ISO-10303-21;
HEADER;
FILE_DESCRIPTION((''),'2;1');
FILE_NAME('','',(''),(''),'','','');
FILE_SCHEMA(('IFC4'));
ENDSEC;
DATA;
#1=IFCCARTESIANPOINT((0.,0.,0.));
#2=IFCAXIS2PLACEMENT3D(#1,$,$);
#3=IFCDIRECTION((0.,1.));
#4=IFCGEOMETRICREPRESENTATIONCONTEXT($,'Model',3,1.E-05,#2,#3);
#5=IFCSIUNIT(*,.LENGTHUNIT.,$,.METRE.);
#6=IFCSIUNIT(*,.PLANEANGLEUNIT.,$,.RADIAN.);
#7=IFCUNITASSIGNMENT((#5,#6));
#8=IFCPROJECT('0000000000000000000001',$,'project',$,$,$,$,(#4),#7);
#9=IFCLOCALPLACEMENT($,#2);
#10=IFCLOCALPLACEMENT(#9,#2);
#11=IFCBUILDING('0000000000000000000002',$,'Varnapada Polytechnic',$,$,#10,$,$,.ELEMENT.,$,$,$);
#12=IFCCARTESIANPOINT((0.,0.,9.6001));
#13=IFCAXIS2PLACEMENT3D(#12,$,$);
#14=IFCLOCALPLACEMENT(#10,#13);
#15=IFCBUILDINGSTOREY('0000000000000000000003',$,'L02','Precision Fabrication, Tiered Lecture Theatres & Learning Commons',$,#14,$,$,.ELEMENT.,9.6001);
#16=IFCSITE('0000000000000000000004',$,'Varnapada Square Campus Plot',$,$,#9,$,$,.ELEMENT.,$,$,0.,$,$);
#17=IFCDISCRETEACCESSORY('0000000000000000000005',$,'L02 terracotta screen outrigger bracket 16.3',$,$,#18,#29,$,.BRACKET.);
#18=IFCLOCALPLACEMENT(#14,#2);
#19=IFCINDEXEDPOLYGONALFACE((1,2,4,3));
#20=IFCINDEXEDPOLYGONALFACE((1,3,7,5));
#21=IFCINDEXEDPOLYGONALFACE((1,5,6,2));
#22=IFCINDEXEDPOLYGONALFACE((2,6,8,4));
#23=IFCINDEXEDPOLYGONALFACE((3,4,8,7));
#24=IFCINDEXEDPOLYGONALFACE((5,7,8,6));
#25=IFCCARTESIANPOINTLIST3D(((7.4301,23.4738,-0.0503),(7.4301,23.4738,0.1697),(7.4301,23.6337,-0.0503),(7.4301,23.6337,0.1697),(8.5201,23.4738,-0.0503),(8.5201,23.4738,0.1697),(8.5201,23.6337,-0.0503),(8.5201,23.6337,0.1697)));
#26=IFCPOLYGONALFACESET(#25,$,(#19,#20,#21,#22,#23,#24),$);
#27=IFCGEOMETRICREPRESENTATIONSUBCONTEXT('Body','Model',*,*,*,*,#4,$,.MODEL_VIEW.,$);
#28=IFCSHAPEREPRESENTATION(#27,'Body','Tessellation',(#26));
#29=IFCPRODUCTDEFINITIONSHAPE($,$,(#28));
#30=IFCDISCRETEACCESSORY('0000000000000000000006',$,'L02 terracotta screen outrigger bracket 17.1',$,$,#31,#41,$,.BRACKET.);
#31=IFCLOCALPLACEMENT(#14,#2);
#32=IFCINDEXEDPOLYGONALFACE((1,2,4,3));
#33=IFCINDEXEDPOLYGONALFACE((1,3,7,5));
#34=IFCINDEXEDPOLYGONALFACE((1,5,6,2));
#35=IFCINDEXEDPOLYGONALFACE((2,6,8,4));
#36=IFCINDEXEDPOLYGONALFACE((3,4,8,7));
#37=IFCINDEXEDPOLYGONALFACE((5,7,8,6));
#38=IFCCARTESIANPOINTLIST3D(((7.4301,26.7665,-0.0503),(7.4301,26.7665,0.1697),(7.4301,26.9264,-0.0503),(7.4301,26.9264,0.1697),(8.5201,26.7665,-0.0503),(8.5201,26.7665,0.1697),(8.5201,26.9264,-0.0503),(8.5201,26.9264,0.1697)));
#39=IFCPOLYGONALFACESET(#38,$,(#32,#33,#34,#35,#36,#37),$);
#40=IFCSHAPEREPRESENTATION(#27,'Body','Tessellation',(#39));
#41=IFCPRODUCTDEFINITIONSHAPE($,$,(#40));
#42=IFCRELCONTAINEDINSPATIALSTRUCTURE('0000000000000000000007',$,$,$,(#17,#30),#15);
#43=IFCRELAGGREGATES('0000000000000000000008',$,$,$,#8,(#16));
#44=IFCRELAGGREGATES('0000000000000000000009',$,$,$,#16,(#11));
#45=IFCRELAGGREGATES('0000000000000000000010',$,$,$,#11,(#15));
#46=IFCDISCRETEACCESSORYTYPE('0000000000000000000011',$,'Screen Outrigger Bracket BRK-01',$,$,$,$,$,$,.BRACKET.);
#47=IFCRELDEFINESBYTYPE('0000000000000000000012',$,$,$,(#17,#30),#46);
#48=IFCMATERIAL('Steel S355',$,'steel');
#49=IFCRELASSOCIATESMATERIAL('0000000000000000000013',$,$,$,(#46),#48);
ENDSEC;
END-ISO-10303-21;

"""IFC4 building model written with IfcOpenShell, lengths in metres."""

from ifc_helpers import new_model, si_unit, direction, frame, origin, origin_2d, place, context, subcontext, project, spatial, rectangle, extrude, material, type_object, element, save


model = new_model("IFC4")

# Units and contexts
model_context = context("Model", 3, precision=1e-05, world=origin(), true_north=direction((0.0, 1.0)))
body_context = subcontext(model_context, "Body", "Model", "MODEL_VIEW")
ifc_project = project(units=[si_unit("LENGTHUNIT", "METRE"), si_unit("PLANEANGLEUNIT", "RADIAN")], contexts=[model_context])

# Site, building, storey
site_placement = place(None, origin())
site = spatial("IfcSite", under=ifc_project, at=site_placement, Name="Varnapada Square Campus Plot", CompositionType="ELEMENT", RefElevation=0.0)
building_placement = place(site_placement, origin())
building = spatial("IfcBuilding", under=site, at=building_placement, Name="Varnapada Polytechnic", CompositionType="ELEMENT")
storey_placement = place(building_placement, frame((0.0, 0.0, 9.6001)))
storey = spatial("IfcBuildingStorey", under=building, at=storey_placement, Name="L02", Description="Precision Fabrication, Tiered Lecture Theatres & Learning Commons", CompositionType="ELEMENT", Elevation=9.6001)

# Discrete accessories
ifc_material_1 = material(Name="Steel S355", Category="steel")
discrete_accessory_type = type_object("IfcDiscreteAccessoryType", Name="Screen Outrigger Bracket BRK-01", PredefinedType="BRACKET", material=ifc_material_1)
for number, where, z_axis, x_axis, name in (
    (1, (7.9751, 23.5537, -0.0503), (0.0, 0.0, 1.0), (0.0, 1.0, 0.0), "L02 terracotta screen outrigger bracket 16.3"),
    (2, (7.9751, 26.8464, -0.0503), (0.0, 0.0, 1.0), (0.0, 1.0, 0.0), "L02 terracotta screen outrigger bracket 17.1"),
):
    element("IfcDiscreteAccessory", number, at=place(storey_placement, frame(where, z_axis=z_axis, x_axis=x_axis)), inside=storey, type_object=discrete_accessory_type, Name=name, PredefinedType="BRACKET", context=body_context, shape_type="SweptSolid", body=[
        extrude(rectangle(XDim=0.1599, YDim=1.0901, at=origin_2d()), origin(), (0.0, 0.0, 1.0), 0.22),
    ])

save(model, "model.ifc")
